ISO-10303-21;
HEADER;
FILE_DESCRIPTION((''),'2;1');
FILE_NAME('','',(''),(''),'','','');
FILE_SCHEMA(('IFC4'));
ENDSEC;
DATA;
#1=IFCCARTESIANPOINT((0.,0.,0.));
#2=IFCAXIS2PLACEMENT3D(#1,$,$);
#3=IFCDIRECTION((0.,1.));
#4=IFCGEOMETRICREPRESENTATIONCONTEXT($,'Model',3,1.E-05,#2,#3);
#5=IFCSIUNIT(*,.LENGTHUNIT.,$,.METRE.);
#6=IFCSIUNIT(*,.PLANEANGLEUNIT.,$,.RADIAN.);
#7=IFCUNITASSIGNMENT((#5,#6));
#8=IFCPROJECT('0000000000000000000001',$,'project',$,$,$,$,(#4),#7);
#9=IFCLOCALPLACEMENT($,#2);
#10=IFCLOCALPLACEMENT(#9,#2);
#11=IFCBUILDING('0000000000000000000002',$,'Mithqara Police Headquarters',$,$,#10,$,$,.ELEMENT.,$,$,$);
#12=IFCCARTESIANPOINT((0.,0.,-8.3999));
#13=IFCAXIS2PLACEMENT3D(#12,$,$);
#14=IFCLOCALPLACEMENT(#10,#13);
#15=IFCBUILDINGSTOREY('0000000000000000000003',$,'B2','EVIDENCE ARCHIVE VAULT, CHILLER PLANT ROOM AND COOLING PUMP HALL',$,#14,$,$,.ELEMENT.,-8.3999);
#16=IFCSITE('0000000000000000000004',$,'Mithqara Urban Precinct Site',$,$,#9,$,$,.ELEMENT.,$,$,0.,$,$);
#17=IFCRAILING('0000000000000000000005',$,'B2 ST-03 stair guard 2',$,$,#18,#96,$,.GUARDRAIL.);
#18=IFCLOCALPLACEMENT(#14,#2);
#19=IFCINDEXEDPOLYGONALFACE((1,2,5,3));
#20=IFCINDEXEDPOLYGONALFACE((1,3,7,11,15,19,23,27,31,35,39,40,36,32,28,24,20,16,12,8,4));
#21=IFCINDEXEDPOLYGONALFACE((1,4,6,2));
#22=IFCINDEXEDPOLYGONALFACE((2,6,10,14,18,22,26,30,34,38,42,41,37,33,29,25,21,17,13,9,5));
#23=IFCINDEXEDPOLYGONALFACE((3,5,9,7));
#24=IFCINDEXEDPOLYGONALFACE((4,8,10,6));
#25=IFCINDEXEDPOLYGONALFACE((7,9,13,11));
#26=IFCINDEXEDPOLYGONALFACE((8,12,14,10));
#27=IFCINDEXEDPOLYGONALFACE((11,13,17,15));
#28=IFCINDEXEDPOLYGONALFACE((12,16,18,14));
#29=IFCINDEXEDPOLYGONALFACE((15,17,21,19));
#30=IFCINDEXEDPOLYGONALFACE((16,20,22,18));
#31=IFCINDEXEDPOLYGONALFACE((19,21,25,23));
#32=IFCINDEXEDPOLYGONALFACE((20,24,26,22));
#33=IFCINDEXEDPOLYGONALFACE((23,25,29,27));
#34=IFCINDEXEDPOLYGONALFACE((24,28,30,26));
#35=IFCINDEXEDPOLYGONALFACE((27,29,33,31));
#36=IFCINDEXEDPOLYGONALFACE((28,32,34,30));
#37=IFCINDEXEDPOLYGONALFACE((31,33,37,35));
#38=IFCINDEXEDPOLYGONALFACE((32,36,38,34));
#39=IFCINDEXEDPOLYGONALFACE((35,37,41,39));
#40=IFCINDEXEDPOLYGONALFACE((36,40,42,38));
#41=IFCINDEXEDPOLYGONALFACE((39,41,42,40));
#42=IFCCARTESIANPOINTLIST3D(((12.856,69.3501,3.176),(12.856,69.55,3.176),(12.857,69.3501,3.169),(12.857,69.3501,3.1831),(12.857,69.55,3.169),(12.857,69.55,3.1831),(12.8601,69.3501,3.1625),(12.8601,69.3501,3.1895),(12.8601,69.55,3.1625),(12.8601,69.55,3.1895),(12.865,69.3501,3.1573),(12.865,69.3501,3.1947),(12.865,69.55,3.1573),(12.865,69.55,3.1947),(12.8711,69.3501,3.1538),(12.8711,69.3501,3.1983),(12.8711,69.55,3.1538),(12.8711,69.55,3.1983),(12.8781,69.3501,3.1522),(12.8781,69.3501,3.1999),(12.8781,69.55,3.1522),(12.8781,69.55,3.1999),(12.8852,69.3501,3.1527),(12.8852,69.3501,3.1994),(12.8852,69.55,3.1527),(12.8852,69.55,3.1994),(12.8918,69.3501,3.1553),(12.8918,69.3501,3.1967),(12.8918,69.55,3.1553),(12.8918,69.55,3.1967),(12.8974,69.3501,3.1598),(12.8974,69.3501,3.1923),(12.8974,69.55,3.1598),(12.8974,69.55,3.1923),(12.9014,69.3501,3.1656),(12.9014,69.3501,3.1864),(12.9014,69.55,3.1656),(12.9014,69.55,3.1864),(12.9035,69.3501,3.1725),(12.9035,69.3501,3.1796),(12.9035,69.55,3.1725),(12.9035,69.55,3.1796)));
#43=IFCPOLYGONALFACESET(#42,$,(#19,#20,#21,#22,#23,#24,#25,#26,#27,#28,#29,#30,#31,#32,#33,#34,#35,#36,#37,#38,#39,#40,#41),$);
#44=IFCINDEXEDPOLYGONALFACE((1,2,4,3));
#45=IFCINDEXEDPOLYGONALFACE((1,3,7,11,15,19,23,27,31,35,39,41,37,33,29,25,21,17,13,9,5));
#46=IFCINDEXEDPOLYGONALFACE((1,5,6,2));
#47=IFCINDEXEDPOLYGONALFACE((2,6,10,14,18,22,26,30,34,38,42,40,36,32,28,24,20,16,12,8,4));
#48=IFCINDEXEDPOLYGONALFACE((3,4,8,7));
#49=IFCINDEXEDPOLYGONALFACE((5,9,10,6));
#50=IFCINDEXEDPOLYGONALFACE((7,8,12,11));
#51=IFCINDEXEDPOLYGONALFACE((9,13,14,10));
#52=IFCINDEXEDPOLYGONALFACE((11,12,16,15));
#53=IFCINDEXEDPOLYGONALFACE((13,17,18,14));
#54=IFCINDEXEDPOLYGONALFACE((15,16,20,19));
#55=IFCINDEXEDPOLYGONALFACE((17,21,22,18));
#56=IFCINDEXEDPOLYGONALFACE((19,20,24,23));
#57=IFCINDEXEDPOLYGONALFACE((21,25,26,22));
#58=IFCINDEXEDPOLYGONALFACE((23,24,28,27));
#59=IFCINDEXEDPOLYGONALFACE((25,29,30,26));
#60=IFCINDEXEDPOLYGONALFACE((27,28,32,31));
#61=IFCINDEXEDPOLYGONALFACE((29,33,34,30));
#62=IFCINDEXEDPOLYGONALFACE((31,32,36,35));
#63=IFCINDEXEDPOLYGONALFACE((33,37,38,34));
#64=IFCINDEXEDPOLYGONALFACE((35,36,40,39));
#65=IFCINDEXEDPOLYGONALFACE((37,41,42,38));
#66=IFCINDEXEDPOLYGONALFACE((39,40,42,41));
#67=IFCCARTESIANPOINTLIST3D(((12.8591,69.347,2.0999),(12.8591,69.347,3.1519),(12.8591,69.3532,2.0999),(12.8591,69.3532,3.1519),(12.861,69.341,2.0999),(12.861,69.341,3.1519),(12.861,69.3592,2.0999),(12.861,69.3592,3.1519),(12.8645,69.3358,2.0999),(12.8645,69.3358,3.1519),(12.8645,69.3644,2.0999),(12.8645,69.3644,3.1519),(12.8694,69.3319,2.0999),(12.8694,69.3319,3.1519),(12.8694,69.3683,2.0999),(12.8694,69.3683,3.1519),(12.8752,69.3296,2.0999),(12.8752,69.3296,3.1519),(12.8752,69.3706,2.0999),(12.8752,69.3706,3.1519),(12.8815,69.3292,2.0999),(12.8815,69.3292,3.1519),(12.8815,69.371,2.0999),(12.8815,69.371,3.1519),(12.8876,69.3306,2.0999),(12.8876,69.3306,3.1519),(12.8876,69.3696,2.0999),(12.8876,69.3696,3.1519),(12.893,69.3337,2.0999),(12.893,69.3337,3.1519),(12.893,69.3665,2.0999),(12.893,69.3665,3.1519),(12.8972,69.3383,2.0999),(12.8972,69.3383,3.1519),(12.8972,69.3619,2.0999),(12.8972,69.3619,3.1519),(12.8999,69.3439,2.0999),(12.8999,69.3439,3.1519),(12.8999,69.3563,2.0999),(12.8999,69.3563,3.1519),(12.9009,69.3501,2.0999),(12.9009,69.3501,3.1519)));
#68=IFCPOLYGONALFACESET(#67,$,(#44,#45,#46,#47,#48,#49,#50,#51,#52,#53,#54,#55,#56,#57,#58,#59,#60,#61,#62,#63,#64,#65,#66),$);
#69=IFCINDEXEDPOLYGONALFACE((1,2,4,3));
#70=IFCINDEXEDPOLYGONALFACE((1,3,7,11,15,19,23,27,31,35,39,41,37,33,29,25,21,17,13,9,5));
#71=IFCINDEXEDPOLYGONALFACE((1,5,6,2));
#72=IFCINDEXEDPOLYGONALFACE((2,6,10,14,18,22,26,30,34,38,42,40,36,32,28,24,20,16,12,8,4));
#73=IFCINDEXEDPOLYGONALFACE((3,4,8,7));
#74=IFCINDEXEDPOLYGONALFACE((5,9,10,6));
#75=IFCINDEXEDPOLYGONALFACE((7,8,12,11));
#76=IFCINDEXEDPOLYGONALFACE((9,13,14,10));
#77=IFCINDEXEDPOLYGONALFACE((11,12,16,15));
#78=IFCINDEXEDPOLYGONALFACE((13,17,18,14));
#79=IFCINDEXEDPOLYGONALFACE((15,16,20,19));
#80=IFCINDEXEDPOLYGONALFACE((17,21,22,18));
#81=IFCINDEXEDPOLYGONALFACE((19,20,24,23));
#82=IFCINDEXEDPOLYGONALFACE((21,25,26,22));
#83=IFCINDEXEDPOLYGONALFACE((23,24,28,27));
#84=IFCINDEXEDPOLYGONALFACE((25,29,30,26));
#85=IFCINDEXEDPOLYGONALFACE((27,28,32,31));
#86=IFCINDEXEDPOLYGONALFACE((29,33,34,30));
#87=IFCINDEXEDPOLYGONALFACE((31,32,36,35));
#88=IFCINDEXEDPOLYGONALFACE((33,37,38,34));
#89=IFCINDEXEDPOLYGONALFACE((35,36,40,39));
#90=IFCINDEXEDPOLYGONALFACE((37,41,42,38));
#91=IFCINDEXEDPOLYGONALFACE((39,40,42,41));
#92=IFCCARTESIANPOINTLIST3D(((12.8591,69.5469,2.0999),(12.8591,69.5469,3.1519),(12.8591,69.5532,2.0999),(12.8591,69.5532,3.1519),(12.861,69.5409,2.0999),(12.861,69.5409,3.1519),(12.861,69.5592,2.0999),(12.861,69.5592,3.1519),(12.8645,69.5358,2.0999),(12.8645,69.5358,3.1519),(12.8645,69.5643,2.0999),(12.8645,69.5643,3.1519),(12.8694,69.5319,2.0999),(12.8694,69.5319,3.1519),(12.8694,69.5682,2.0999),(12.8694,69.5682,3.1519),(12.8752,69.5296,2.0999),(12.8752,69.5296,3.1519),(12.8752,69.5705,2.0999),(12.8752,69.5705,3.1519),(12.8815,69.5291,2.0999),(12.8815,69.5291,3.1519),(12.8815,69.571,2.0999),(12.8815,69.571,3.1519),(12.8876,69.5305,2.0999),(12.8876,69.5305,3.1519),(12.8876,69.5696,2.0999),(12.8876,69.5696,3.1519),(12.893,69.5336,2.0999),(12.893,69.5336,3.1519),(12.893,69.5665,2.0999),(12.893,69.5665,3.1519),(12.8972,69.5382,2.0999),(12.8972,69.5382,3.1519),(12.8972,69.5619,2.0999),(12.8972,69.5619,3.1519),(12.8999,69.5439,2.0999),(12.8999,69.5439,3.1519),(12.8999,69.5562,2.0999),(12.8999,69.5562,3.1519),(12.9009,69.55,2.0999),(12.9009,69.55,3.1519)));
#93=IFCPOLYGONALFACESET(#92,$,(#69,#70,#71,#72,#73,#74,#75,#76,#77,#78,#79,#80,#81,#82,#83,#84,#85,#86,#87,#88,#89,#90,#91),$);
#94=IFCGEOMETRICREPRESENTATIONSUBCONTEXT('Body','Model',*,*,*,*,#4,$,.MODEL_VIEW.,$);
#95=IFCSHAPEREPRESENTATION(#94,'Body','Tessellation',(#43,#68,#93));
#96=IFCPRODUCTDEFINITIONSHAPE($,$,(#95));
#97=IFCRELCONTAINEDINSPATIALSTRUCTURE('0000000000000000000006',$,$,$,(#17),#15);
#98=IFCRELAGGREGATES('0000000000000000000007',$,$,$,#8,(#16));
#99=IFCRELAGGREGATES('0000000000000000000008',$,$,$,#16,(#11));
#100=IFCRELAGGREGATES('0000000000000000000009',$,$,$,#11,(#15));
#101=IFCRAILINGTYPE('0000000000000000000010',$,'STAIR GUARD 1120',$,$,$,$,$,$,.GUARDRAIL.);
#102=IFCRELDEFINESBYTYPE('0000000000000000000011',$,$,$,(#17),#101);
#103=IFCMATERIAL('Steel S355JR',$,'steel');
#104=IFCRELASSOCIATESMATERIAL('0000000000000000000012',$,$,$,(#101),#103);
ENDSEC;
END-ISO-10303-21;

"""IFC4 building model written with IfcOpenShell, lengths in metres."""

from ifc_helpers import new_model, si_unit, direction, frame, origin, origin_2d, place, context, subcontext, project, spatial, circle, extrude, material, type_object, element, save


model = new_model("IFC4")

# Units and contexts
model_context = context("Model", 3, precision=1e-05, world=origin(), true_north=direction((0.0, 1.0)))
body_context = subcontext(model_context, "Body", "Model", "MODEL_VIEW")
ifc_project = project(units=[si_unit("LENGTHUNIT", "METRE"), si_unit("PLANEANGLEUNIT", "RADIAN")], contexts=[model_context])

# Site, building, storey
site_placement = place(None, origin())
site = spatial("IfcSite", under=ifc_project, at=site_placement, Name="Mithqara Urban Precinct Site", CompositionType="ELEMENT", RefElevation=0.0)
building_placement = place(site_placement, origin())
building = spatial("IfcBuilding", under=site, at=building_placement, Name="Mithqara Police Headquarters", CompositionType="ELEMENT")
storey_placement = place(building_placement, frame((0.0, 0.0, -8.3999)))
storey = spatial("IfcBuildingStorey", under=building, at=storey_placement, Name="B2", Description="EVIDENCE ARCHIVE VAULT, CHILLER PLANT ROOM AND COOLING PUMP HALL", CompositionType="ELEMENT", Elevation=-8.3999)

# Shared definitions
ifc_material_1 = material(Name="Steel S355JR", Category="steel")

# Railing
railing_type_1 = type_object("IfcRailingType", Name="STAIR GUARD 1120", PredefinedType="GUARDRAIL", material=ifc_material_1)
railing_1_placement = place(storey_placement, frame((12.8799, 69.3501, 2.0999)))
element("IfcRailing", 1, at=railing_1_placement, inside=storey, type_object=railing_type_1, Name="B2 ST-03 stair guard 2", PredefinedType="GUARDRAIL", context=body_context, shape_type="SweptSolid", body=[
    extrude(circle(Radius=0.0239, at=origin_2d()), frame((0.0, 0.0, 1.0762), z_axis=(0.0, 1.0, 0.0), x_axis=(-1.0, 0.0, 0.0)), (0.0, 0.0, 1.0), 0.2),
    extrude(circle(Radius=0.021, at=origin_2d()), origin(), (0.0, 0.0, 1.0), 1.052),
    extrude(circle(Radius=0.021, at=origin_2d()), frame((0.0, 0.2, 0.0)), (0.0, 0.0, 1.0), 1.052),
])

save(model, "model.ifc")
